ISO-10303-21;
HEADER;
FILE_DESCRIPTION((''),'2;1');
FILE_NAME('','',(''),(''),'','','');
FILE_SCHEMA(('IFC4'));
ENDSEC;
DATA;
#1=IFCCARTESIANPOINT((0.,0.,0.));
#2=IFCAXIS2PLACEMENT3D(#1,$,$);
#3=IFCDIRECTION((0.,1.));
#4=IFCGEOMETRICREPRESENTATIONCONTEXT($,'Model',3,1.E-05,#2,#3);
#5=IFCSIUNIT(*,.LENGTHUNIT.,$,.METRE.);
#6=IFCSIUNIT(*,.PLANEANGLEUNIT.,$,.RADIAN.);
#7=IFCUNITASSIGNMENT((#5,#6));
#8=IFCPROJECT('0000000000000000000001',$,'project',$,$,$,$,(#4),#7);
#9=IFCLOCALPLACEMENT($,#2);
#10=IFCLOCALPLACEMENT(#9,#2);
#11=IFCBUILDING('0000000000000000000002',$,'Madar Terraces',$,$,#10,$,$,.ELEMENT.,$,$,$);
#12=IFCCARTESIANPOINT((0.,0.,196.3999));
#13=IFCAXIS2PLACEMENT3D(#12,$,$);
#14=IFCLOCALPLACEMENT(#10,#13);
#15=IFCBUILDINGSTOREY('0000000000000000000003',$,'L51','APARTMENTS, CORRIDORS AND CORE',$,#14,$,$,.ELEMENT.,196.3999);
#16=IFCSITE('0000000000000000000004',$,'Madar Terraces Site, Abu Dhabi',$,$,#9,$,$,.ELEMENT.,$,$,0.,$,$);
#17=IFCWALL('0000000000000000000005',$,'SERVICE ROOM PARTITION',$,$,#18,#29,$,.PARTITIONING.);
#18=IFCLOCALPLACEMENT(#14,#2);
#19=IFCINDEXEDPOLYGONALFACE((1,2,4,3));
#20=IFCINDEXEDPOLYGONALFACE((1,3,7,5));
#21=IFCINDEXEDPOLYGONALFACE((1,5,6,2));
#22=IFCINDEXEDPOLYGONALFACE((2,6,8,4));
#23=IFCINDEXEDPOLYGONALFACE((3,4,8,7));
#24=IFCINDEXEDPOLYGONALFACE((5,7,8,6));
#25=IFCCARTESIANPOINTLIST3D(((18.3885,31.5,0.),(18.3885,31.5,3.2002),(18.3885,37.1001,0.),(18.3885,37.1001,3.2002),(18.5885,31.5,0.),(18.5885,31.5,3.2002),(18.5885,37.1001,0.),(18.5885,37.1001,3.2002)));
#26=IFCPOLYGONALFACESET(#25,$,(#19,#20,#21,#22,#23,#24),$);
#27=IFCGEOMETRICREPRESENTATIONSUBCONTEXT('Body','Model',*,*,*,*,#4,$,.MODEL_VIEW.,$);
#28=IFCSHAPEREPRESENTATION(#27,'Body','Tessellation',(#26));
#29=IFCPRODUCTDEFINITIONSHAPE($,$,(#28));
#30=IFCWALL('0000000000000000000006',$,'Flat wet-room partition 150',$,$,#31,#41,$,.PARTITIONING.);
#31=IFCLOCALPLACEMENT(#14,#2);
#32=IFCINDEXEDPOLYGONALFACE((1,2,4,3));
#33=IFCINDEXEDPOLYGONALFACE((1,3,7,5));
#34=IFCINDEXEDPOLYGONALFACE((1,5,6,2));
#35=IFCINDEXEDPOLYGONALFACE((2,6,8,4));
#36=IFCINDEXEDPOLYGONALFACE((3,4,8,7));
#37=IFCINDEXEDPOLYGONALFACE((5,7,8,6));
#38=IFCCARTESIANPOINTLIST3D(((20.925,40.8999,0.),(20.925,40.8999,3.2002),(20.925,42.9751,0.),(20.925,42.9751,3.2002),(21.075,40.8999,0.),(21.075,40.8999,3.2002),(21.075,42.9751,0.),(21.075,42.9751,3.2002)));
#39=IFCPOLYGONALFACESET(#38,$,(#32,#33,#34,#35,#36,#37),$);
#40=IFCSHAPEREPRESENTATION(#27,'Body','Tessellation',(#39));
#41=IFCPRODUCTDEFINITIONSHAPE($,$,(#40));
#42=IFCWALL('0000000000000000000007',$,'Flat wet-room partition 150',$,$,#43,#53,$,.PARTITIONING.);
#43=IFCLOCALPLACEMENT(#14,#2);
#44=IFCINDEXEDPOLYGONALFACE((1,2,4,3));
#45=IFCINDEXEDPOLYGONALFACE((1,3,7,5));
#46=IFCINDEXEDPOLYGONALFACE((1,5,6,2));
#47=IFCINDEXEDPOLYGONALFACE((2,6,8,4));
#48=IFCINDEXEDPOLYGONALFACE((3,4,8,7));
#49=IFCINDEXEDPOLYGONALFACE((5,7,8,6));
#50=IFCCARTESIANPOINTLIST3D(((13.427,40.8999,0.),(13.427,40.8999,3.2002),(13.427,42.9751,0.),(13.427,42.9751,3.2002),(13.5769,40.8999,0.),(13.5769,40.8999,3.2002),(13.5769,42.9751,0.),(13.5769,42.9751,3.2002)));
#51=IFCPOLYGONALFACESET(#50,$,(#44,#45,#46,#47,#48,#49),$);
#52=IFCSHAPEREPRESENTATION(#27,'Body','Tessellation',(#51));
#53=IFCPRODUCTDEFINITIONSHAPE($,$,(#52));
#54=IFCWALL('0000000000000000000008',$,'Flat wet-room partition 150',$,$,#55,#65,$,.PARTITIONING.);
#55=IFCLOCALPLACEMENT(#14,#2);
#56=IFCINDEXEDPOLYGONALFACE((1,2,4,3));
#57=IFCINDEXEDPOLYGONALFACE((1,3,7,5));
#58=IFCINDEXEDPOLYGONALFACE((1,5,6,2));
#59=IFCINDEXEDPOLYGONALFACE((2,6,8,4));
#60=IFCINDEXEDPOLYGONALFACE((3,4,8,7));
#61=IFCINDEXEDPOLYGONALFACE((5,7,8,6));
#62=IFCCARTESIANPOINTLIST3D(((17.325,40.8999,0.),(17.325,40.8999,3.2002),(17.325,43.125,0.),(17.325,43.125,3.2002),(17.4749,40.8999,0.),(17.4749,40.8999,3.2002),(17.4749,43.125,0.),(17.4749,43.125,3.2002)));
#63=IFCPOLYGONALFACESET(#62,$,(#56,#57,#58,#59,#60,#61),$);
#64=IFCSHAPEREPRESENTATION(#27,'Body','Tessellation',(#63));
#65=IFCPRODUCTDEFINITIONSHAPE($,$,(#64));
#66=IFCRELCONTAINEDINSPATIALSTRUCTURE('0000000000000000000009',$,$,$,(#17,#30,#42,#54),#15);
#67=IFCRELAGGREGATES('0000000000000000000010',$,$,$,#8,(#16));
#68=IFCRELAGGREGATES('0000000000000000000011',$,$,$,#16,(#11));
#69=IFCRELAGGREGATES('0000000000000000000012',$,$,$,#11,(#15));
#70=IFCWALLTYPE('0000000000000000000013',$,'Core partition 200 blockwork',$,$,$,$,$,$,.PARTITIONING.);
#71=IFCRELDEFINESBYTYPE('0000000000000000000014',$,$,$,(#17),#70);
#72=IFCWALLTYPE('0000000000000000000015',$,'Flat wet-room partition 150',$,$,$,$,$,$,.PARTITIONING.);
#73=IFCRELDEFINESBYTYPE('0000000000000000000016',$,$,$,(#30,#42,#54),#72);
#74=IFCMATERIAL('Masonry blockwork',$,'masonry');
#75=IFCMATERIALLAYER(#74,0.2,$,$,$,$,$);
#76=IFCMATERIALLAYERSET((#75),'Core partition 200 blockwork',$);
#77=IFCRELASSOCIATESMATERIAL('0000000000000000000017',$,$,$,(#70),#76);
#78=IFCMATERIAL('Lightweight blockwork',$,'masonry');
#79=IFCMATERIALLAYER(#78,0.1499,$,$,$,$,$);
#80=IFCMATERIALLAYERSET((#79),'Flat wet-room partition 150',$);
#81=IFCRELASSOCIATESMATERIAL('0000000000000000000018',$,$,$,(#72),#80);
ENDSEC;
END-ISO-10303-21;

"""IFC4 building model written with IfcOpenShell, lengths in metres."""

from ifc_helpers import new_model, si_unit, direction, frame, frame_2d, origin, place, context, subcontext, project, spatial, rectangle, extrude, material, layer, layer_set, type_object, element, save


model = new_model("IFC4")

# Units and contexts
model_context = context("Model", 3, precision=1e-05, world=origin(), true_north=direction((0.0, 1.0)))
body_context = subcontext(model_context, "Body", "Model", "MODEL_VIEW")
ifc_project = project(units=[si_unit("LENGTHUNIT", "METRE"), si_unit("PLANEANGLEUNIT", "RADIAN")], contexts=[model_context])

# Site, building, storey
site_placement = place(None, origin())
site = spatial("IfcSite", under=ifc_project, at=site_placement, Name="Madar Terraces Site, Abu Dhabi", CompositionType="ELEMENT", RefElevation=0.0)
building_placement = place(site_placement, origin())
building = spatial("IfcBuilding", under=site, at=building_placement, Name="Madar Terraces", CompositionType="ELEMENT")
storey_placement = place(building_placement, frame((0.0, 0.0, 196.3999)))
storey = spatial("IfcBuildingStorey", under=building, at=storey_placement, Name="L51", Description="APARTMENTS, CORRIDORS AND CORE", CompositionType="ELEMENT", Elevation=196.3999)

# Walls
ifc_material_1 = material(Name="Masonry blockwork", Category="masonry")
ifc_layer_1 = layer(ifc_material_1, 0.2)
ifc_layer_set_1 = layer_set([ifc_layer_1], Name="Core partition 200 blockwork")
wall_type_1 = type_object("IfcWallType", Name="Core partition 200 blockwork", PredefinedType="PARTITIONING", material=ifc_layer_set_1)
wall_1_placement = place(storey_placement, frame((18.4885, 31.5, 0.0), z_axis=(0.0, 0.0, 1.0), x_axis=(0.0, 1.0, 0.0)))
element("IfcWall", 1, at=wall_1_placement, inside=storey, type_object=wall_type_1, Name="SERVICE ROOM PARTITION", PredefinedType="PARTITIONING", context=body_context, shape_type="SweptSolid", body=[
    extrude(rectangle(XDim=5.6001, YDim=0.2, at=frame_2d((2.8, 0.0))), origin(), (0.0, 0.0, 1.0), 3.2002),
])
ifc_material_2 = material(Name="Lightweight blockwork", Category="masonry")
ifc_layer_2 = layer(ifc_material_2, 0.1499)
ifc_layer_set_2 = layer_set([ifc_layer_2], Name="Flat wet-room partition 150")
wall_type_2 = type_object("IfcWallType", Name="Flat wet-room partition 150", PredefinedType="PARTITIONING", material=ifc_layer_set_2)
for number, where, z_axis, x_axis, name in (
    (2, (21.0, 40.8999, 0.0), (0.0, 0.0, 1.0), (0.0, 1.0, 0.0), "Flat wet-room partition 150"),
    (3, (13.502, 40.8999, 0.0), (0.0, 0.0, 1.0), (0.0, 1.0, 0.0), "Flat wet-room partition 150"),
):
    element("IfcWall", number, at=place(storey_placement, frame(where, z_axis=z_axis, x_axis=x_axis)), inside=storey, type_object=wall_type_2, Name=name, PredefinedType="PARTITIONING", context=body_context, shape_type="SweptSolid", body=[
        extrude(rectangle(XDim=2.0752, YDim=0.1499, at=frame_2d((1.0376, 0.0))), origin(), (0.0, 0.0, 1.0), 3.2002),
    ])
wall_2_placement = place(storey_placement, frame((17.3999, 40.8999, 0.0), z_axis=(0.0, 0.0, 1.0), x_axis=(0.0, 1.0, 0.0)))
element("IfcWall", 4, at=wall_2_placement, inside=storey, type_object=wall_type_2, Name="Flat wet-room partition 150", PredefinedType="PARTITIONING", context=body_context, shape_type="SweptSolid", body=[
    extrude(rectangle(XDim=2.2251, YDim=0.1499, at=frame_2d((1.1125, 0.0))), origin(), (0.0, 0.0, 1.0), 3.2002),
])

save(model, "model.ifc")
